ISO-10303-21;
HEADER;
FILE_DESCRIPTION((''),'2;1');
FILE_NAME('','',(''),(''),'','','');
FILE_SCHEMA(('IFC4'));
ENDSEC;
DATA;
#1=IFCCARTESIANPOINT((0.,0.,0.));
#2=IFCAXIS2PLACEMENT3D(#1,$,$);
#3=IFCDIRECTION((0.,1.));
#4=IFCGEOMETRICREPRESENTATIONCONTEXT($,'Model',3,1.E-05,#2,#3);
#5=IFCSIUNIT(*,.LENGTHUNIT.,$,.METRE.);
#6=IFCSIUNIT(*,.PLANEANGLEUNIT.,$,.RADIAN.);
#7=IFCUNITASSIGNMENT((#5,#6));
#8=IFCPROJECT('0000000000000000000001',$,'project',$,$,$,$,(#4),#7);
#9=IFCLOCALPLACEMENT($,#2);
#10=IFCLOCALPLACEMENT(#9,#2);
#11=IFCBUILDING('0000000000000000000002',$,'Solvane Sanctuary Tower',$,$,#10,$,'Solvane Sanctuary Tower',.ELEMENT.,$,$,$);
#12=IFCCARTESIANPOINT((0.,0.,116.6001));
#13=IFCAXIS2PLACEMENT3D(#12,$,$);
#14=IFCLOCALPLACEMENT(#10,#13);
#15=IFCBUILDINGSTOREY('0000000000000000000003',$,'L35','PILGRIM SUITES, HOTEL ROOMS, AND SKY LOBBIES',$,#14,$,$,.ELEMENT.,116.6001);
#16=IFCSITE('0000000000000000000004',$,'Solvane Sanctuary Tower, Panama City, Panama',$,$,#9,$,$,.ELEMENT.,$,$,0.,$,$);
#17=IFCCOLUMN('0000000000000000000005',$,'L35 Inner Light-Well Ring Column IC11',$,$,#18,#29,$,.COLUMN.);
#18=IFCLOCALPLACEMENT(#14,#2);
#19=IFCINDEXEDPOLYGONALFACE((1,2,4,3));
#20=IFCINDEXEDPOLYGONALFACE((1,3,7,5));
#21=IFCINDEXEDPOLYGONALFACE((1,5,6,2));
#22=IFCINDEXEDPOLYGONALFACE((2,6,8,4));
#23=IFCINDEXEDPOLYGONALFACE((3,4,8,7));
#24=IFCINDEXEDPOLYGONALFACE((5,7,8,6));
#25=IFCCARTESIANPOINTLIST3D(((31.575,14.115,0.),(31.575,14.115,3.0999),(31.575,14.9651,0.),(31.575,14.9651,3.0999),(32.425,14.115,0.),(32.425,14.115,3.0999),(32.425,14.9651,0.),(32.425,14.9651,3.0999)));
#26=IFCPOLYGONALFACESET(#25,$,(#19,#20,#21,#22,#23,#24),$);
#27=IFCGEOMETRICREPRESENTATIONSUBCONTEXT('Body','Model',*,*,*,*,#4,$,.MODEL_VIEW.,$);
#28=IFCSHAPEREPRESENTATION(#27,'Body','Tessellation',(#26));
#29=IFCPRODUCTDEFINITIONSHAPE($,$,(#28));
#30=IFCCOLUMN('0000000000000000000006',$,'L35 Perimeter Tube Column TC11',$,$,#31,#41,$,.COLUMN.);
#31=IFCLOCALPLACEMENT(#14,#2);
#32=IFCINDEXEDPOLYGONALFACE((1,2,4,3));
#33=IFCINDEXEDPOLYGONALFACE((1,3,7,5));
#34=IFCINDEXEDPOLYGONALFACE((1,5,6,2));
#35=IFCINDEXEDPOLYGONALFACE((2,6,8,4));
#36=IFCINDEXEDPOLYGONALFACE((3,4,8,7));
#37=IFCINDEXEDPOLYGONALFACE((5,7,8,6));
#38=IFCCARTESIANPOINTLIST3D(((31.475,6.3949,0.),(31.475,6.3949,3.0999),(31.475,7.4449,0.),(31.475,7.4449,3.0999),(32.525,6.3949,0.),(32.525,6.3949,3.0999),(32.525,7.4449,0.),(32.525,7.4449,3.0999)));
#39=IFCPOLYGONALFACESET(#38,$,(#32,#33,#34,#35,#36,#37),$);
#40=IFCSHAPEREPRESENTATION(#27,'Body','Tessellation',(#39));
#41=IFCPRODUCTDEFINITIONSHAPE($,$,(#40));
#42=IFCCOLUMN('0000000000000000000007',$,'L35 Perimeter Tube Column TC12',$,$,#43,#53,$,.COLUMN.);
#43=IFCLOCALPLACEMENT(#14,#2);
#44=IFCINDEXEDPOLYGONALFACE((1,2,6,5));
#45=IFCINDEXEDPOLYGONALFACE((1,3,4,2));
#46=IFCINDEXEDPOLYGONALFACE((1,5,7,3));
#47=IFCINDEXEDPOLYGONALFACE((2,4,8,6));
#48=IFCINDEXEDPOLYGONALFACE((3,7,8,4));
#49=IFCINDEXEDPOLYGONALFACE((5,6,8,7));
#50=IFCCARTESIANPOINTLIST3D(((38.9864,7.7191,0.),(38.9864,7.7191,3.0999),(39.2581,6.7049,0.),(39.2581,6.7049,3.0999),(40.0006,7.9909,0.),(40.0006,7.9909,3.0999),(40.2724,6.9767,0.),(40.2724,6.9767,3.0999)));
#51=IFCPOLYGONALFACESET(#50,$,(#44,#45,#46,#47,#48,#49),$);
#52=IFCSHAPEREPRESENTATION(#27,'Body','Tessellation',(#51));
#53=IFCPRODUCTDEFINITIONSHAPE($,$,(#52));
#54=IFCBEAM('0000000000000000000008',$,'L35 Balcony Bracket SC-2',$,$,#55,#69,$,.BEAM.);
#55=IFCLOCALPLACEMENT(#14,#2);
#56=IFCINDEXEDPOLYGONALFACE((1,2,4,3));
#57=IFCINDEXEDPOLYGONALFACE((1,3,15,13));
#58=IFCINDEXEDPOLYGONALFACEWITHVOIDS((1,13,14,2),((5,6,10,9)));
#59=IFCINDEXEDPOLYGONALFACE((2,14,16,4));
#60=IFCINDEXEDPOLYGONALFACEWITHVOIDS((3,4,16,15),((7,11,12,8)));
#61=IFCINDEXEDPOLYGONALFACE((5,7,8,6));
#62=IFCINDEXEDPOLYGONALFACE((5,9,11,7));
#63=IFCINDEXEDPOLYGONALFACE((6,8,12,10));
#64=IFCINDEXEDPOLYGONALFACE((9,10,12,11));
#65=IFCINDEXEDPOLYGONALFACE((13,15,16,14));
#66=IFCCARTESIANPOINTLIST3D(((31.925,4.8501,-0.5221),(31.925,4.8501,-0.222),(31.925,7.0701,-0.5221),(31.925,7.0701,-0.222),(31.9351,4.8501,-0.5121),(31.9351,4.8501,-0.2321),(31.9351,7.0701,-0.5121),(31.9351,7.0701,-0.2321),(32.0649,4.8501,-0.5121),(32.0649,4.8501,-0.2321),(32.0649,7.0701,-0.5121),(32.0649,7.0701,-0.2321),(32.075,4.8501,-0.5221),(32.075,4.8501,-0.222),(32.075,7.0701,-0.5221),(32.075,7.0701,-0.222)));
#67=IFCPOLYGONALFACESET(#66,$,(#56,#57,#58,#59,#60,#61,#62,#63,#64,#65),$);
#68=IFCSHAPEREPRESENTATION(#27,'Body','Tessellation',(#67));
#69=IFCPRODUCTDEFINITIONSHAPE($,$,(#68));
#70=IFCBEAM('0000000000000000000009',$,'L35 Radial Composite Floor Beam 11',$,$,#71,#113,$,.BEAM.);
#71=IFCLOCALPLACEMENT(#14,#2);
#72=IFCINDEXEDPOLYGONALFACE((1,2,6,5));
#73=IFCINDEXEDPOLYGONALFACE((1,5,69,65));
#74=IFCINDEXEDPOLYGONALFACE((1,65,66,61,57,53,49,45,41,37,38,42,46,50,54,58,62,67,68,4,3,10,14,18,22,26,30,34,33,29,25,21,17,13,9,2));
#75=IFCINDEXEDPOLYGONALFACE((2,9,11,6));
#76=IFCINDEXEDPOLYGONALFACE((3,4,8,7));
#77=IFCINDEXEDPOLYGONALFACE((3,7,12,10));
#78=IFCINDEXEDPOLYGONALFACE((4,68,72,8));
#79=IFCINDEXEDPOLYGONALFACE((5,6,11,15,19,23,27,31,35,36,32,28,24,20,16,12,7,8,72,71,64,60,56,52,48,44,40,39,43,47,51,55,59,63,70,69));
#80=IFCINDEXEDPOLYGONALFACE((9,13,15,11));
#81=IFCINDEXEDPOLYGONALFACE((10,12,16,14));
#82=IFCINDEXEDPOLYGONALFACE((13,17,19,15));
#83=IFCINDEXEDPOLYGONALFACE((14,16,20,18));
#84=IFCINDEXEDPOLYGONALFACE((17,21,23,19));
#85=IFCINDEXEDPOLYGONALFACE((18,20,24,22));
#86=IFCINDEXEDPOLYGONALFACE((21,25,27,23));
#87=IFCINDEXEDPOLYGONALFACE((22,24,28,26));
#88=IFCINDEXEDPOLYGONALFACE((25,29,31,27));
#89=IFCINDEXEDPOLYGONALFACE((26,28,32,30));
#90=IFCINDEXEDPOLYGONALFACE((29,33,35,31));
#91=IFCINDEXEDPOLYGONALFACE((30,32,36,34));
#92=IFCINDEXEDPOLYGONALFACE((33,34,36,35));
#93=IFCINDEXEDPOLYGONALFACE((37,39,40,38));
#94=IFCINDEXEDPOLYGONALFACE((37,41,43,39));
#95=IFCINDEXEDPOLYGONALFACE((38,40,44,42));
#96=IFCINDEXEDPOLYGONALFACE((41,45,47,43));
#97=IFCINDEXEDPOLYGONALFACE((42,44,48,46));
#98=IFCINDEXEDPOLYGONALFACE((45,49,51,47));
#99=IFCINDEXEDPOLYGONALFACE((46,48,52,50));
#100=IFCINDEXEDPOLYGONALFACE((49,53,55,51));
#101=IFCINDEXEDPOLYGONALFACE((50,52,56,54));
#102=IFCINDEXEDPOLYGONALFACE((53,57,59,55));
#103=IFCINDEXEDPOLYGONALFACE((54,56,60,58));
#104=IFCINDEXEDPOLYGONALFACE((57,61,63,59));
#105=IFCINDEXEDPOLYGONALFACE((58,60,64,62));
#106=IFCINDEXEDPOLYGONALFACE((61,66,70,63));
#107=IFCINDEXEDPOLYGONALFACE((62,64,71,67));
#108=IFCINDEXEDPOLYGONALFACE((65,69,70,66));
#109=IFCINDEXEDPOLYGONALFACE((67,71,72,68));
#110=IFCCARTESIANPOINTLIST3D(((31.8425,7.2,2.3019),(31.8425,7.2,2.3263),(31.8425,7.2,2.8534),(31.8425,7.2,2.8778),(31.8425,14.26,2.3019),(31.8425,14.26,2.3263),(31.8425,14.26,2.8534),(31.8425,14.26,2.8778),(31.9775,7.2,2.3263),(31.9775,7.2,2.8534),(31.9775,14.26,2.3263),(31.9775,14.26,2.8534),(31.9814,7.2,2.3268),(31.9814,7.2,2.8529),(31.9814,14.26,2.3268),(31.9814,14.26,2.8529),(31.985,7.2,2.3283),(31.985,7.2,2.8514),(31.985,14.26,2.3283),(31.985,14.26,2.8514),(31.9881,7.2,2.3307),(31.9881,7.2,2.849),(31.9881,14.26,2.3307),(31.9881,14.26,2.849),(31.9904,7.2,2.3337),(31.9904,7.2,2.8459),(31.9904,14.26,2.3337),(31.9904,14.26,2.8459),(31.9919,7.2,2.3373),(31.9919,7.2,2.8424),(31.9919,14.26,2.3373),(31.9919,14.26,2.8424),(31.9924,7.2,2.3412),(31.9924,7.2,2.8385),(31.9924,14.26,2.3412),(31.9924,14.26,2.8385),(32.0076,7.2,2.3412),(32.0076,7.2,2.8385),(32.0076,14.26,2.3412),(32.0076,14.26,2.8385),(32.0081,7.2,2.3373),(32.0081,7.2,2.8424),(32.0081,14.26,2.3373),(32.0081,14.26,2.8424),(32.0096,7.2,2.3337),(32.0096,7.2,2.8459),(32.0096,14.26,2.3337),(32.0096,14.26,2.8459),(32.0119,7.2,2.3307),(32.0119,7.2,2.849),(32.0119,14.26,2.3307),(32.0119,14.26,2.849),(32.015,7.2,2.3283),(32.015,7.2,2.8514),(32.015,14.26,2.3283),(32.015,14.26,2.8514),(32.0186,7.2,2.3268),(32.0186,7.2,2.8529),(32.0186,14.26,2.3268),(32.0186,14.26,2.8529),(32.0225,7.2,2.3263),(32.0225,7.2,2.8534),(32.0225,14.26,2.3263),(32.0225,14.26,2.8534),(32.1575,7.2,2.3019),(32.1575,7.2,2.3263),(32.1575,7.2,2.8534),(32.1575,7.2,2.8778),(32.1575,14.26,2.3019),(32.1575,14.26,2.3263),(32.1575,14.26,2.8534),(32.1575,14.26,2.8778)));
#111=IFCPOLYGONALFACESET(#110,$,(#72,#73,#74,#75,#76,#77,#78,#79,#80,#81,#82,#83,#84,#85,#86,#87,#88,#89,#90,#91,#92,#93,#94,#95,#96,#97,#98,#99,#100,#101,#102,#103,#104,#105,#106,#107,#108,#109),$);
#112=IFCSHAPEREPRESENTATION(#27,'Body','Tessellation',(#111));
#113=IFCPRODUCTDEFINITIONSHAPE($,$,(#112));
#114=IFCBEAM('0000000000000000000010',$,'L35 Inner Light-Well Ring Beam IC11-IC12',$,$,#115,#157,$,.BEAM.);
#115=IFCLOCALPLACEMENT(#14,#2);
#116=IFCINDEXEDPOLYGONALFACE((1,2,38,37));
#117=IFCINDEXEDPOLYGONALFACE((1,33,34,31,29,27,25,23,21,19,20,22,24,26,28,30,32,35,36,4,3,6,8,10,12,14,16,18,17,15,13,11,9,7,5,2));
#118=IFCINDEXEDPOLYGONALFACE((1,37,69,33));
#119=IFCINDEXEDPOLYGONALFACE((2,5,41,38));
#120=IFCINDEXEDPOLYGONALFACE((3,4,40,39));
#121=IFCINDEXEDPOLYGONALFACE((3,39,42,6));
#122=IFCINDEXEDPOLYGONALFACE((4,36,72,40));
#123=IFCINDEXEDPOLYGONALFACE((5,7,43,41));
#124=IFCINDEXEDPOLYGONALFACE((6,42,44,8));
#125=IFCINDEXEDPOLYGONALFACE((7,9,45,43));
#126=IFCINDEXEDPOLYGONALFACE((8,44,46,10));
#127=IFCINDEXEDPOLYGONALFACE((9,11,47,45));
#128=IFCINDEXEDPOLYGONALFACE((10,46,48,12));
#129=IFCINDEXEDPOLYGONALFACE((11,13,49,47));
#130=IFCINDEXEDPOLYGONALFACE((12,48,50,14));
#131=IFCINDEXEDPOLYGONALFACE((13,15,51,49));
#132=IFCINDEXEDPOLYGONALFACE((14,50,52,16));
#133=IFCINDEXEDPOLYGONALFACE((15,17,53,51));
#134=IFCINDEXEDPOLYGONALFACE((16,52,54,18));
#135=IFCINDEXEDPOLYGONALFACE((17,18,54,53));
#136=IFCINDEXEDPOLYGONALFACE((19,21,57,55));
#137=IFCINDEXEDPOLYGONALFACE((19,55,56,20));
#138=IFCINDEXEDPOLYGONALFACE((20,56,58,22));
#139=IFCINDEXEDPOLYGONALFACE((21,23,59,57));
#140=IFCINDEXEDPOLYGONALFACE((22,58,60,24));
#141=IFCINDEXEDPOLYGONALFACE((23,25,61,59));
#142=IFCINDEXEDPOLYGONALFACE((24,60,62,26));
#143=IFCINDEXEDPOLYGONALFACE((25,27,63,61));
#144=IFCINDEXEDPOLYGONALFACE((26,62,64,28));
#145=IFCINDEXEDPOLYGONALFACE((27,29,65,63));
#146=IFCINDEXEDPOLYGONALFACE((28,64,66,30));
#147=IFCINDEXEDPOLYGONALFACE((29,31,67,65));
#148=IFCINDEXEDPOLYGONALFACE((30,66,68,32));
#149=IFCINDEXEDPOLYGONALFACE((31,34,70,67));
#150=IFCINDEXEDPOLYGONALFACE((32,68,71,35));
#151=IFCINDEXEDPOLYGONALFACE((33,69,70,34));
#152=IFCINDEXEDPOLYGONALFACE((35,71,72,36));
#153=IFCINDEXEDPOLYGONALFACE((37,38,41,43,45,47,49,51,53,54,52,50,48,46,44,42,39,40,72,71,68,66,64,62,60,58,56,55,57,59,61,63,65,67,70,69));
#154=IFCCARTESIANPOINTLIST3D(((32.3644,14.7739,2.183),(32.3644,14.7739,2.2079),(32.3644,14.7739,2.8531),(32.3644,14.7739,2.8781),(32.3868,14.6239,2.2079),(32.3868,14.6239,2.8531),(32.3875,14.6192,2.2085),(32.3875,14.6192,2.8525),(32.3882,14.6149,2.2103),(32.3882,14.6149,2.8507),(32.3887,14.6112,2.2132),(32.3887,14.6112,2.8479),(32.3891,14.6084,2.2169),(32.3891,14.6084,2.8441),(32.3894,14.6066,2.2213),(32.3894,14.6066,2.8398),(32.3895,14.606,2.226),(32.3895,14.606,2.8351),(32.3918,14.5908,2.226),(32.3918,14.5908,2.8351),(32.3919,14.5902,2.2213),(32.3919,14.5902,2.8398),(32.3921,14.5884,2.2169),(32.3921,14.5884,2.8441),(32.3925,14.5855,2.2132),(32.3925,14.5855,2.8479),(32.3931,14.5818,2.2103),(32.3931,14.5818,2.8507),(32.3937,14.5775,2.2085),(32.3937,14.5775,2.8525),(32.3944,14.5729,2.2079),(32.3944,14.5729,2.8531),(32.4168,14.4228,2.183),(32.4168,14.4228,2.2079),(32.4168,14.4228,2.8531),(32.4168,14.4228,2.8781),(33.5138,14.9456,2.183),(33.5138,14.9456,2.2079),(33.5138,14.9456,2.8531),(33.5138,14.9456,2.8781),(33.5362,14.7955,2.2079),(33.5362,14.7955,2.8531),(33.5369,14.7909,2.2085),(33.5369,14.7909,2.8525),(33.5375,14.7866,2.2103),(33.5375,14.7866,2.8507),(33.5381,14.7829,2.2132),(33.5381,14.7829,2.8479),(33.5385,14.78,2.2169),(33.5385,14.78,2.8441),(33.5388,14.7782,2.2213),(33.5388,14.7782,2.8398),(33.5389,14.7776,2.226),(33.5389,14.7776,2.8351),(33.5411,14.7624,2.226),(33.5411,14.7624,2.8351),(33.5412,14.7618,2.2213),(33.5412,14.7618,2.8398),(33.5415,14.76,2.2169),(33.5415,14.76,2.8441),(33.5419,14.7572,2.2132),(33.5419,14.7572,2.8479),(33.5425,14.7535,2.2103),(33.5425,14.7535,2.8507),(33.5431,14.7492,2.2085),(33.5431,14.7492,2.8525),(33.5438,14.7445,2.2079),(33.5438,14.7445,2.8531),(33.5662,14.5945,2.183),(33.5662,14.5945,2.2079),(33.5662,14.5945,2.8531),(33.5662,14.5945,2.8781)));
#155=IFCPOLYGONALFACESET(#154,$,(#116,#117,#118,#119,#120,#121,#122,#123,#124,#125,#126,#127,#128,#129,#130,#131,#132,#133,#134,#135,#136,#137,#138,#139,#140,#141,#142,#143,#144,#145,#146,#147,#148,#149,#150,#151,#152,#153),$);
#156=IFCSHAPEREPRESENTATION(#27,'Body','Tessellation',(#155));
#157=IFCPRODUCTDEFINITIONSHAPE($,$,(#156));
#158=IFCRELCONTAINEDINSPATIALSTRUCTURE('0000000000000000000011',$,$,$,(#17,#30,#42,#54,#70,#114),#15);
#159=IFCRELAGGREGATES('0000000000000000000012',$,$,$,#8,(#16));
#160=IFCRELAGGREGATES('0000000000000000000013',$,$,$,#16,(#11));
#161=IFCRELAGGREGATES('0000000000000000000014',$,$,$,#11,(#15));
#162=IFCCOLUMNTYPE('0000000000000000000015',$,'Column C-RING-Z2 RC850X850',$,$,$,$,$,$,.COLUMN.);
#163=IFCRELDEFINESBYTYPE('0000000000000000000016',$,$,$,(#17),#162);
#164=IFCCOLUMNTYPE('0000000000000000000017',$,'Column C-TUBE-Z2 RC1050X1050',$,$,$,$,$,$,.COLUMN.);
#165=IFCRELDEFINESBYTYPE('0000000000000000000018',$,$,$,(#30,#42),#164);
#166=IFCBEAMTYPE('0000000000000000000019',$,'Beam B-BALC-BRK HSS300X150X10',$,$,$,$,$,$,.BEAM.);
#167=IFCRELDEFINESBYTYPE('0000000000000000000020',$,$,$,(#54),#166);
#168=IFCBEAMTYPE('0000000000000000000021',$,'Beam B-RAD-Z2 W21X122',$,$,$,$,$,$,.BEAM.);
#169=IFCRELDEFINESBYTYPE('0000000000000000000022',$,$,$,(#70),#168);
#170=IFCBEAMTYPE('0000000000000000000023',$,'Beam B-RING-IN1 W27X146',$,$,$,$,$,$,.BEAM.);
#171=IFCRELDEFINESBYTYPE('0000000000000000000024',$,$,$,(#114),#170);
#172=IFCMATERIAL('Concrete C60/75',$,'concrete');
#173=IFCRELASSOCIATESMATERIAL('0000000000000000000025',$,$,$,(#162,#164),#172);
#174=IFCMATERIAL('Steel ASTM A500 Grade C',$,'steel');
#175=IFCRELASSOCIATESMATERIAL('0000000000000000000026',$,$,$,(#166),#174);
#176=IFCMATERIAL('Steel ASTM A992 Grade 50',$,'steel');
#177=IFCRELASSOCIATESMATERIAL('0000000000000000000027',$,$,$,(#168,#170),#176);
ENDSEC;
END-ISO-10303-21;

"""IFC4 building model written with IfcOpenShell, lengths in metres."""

from ifc_helpers import new_model, si_unit, direction, frame, origin, origin_2d, place, context, subcontext, project, spatial, rectangle, hollow_rectangle, i_section, extrude, material, material_profile, profile_set, type_object, element, save


model = new_model("IFC4")

# Units and contexts
model_context = context("Model", 3, precision=1e-05, world=origin(), true_north=direction((0.0, 1.0)))
body_context = subcontext(model_context, "Body", "Model", "MODEL_VIEW")
ifc_project = project(units=[si_unit("LENGTHUNIT", "METRE"), si_unit("PLANEANGLEUNIT", "RADIAN")], contexts=[model_context])

# Site, building, storey
site_placement = place(None, origin())
site = spatial("IfcSite", under=ifc_project, at=site_placement, Name="Solvane Sanctuary Tower, Panama City, Panama", CompositionType="ELEMENT", RefElevation=0.0)
building_placement = place(site_placement, origin())
building = spatial("IfcBuilding", under=site, at=building_placement, Name="Solvane Sanctuary Tower", LongName="Solvane Sanctuary Tower", CompositionType="ELEMENT")
storey_placement = place(building_placement, frame((0.0, 0.0, 116.6001)))
storey = spatial("IfcBuildingStorey", under=building, at=storey_placement, Name="L35", Description="PILGRIM SUITES, HOTEL ROOMS, AND SKY LOBBIES", CompositionType="ELEMENT", Elevation=116.6001)

# Columns
ifc_material_1 = material(Name="Concrete C60/75", Category="concrete")
ifc_material_profile_1 = material_profile(ifc_material_1, rectangle(XDim=0.8501, YDim=0.8501, at=origin_2d()), Name="RC850X850")
ifc_profile_set_1 = profile_set([ifc_material_profile_1], Name="Concrete C60/75")
column_type_1 = type_object("IfcColumnType", Name="Column C-RING-Z2 RC850X850", PredefinedType="COLUMN", material=ifc_profile_set_1)
column_placement = place(storey_placement, frame((32.0, 14.54, 0.0), z_axis=(0.0, 0.0, 1.0), x_axis=(1.0, 0.0, 0.0)))
element("IfcColumn", 1, at=column_placement, inside=storey, type_object=column_type_1, Name="L35 Inner Light-Well Ring Column IC11", PredefinedType="COLUMN", context=body_context, shape_type="SweptSolid", body=[
    extrude(rectangle(XDim=0.8501, YDim=0.8501, at=origin_2d()), origin(), (0.0, 0.0, 1.0), 3.0999),
])
ifc_material_profile_2 = material_profile(ifc_material_1, rectangle(XDim=1.05, YDim=1.05, at=origin_2d()), Name="RC1050X1050")
ifc_profile_set_2 = profile_set([ifc_material_profile_2], Name="Concrete C60/75")
column_type_2 = type_object("IfcColumnType", Name="Column C-TUBE-Z2 RC1050X1050", PredefinedType="COLUMN", material=ifc_profile_set_2)
for number, where, z_axis, x_axis, name in (
    (2, (32.0, 6.9199, 0.0), (0.0, 0.0, 1.0), (0.0, -1.0, 0.0), "L35 Perimeter Tube Column TC11"),
    (3, (39.6294, 7.3479, 0.0), (0.0, 0.0, 1.0), (0.258819, -0.965926, 0.0), "L35 Perimeter Tube Column TC12"),
):
    element("IfcColumn", number, at=place(storey_placement, frame(where, z_axis=z_axis, x_axis=x_axis)), inside=storey, type_object=column_type_2, Name=name, PredefinedType="COLUMN", context=body_context, shape_type="SweptSolid", body=[
        extrude(rectangle(XDim=1.05, YDim=1.05, at=origin_2d()), origin(), (0.0, 0.0, 1.0), 3.0999),
    ])

# Beams
ifc_material_2 = material(Name="Steel ASTM A500 Grade C", Category="steel")
ifc_material_profile_3 = material_profile(ifc_material_2, hollow_rectangle(XDim=0.1499, YDim=0.3, WallThickness=0.01, at=origin_2d()), Name="HSS300X150X10")
ifc_profile_set_3 = profile_set([ifc_material_profile_3], Name="Steel ASTM A500 Grade C")
beam_type_1 = type_object("IfcBeamType", Name="Beam B-BALC-BRK HSS300X150X10", PredefinedType="BEAM", material=ifc_profile_set_3)
beam_1_placement = place(storey_placement, frame((32.0, 7.0701, -0.3721), z_axis=(0.0, -1.0, 0.0), x_axis=(1.0, 0.0, 0.0)))
element("IfcBeam", 4, at=beam_1_placement, inside=storey, type_object=beam_type_1, Name="L35 Balcony Bracket SC-2", PredefinedType="BEAM", context=body_context, shape_type="SweptSolid", body=[
    extrude(hollow_rectangle(XDim=0.1499, YDim=0.3, WallThickness=0.01, at=origin_2d()), origin(), (0.0, 0.0, 1.0), 2.22),
])
ifc_material_3 = material(Name="Steel ASTM A992 Grade 50", Category="steel")
ifc_material_profile_4 = material_profile(ifc_material_3, i_section(OverallWidth=0.3149, OverallDepth=0.5759, WebThickness=0.0151, FlangeThickness=0.0244, FilletRadius=0.0149, at=origin_2d()), Name="W21X122")
ifc_profile_set_4 = profile_set([ifc_material_profile_4], Name="Steel ASTM A992 Grade 50")
beam_type_2 = type_object("IfcBeamType", Name="Beam B-RAD-Z2 W21X122", PredefinedType="BEAM", material=ifc_profile_set_4)
beam_2_placement = place(storey_placement, frame((32.0, 14.26, 2.5898), z_axis=(0.0, -1.0, 0.0), x_axis=(1.0, 0.0, 0.0)))
element("IfcBeam", 5, at=beam_2_placement, inside=storey, type_object=beam_type_2, Name="L35 Radial Composite Floor Beam 11", PredefinedType="BEAM", context=body_context, shape_type="SweptSolid", body=[
    extrude(i_section(OverallWidth=0.3149, OverallDepth=0.5759, WebThickness=0.0151, FlangeThickness=0.0244, FilletRadius=0.0149, at=origin_2d()), origin(), (0.0, 0.0, 1.0), 7.0601),
])
ifc_material_profile_5 = material_profile(ifc_material_3, i_section(OverallWidth=0.355, OverallDepth=0.6951, WebThickness=0.0154, FlangeThickness=0.0249, FilletRadius=0.0181, at=origin_2d()), Name="W27X146")
ifc_profile_set_5 = profile_set([ifc_material_profile_5], Name="Steel ASTM A992 Grade 50")
beam_type_3 = type_object("IfcBeamType", Name="Beam B-RING-IN1 W27X146", PredefinedType="BEAM", material=ifc_profile_set_5)
beam_3_placement = place(storey_placement, frame((32.3906, 14.5984, 2.5305), z_axis=(0.989035, 0.147683, 0.0), x_axis=(-0.147683, 0.989035, 0.0)))
element("IfcBeam", 6, at=beam_3_placement, inside=storey, type_object=beam_type_3, Name="L35 Inner Light-Well Ring Beam IC11-IC12", PredefinedType="BEAM", context=body_context, shape_type="SweptSolid", body=[
    extrude(i_section(OverallWidth=0.355, OverallDepth=0.6951, WebThickness=0.0154, FlangeThickness=0.0249, FilletRadius=0.0181, at=origin_2d()), origin(), (0.0, 0.0, 1.0), 1.1621),
])

save(model, "model.ifc")
